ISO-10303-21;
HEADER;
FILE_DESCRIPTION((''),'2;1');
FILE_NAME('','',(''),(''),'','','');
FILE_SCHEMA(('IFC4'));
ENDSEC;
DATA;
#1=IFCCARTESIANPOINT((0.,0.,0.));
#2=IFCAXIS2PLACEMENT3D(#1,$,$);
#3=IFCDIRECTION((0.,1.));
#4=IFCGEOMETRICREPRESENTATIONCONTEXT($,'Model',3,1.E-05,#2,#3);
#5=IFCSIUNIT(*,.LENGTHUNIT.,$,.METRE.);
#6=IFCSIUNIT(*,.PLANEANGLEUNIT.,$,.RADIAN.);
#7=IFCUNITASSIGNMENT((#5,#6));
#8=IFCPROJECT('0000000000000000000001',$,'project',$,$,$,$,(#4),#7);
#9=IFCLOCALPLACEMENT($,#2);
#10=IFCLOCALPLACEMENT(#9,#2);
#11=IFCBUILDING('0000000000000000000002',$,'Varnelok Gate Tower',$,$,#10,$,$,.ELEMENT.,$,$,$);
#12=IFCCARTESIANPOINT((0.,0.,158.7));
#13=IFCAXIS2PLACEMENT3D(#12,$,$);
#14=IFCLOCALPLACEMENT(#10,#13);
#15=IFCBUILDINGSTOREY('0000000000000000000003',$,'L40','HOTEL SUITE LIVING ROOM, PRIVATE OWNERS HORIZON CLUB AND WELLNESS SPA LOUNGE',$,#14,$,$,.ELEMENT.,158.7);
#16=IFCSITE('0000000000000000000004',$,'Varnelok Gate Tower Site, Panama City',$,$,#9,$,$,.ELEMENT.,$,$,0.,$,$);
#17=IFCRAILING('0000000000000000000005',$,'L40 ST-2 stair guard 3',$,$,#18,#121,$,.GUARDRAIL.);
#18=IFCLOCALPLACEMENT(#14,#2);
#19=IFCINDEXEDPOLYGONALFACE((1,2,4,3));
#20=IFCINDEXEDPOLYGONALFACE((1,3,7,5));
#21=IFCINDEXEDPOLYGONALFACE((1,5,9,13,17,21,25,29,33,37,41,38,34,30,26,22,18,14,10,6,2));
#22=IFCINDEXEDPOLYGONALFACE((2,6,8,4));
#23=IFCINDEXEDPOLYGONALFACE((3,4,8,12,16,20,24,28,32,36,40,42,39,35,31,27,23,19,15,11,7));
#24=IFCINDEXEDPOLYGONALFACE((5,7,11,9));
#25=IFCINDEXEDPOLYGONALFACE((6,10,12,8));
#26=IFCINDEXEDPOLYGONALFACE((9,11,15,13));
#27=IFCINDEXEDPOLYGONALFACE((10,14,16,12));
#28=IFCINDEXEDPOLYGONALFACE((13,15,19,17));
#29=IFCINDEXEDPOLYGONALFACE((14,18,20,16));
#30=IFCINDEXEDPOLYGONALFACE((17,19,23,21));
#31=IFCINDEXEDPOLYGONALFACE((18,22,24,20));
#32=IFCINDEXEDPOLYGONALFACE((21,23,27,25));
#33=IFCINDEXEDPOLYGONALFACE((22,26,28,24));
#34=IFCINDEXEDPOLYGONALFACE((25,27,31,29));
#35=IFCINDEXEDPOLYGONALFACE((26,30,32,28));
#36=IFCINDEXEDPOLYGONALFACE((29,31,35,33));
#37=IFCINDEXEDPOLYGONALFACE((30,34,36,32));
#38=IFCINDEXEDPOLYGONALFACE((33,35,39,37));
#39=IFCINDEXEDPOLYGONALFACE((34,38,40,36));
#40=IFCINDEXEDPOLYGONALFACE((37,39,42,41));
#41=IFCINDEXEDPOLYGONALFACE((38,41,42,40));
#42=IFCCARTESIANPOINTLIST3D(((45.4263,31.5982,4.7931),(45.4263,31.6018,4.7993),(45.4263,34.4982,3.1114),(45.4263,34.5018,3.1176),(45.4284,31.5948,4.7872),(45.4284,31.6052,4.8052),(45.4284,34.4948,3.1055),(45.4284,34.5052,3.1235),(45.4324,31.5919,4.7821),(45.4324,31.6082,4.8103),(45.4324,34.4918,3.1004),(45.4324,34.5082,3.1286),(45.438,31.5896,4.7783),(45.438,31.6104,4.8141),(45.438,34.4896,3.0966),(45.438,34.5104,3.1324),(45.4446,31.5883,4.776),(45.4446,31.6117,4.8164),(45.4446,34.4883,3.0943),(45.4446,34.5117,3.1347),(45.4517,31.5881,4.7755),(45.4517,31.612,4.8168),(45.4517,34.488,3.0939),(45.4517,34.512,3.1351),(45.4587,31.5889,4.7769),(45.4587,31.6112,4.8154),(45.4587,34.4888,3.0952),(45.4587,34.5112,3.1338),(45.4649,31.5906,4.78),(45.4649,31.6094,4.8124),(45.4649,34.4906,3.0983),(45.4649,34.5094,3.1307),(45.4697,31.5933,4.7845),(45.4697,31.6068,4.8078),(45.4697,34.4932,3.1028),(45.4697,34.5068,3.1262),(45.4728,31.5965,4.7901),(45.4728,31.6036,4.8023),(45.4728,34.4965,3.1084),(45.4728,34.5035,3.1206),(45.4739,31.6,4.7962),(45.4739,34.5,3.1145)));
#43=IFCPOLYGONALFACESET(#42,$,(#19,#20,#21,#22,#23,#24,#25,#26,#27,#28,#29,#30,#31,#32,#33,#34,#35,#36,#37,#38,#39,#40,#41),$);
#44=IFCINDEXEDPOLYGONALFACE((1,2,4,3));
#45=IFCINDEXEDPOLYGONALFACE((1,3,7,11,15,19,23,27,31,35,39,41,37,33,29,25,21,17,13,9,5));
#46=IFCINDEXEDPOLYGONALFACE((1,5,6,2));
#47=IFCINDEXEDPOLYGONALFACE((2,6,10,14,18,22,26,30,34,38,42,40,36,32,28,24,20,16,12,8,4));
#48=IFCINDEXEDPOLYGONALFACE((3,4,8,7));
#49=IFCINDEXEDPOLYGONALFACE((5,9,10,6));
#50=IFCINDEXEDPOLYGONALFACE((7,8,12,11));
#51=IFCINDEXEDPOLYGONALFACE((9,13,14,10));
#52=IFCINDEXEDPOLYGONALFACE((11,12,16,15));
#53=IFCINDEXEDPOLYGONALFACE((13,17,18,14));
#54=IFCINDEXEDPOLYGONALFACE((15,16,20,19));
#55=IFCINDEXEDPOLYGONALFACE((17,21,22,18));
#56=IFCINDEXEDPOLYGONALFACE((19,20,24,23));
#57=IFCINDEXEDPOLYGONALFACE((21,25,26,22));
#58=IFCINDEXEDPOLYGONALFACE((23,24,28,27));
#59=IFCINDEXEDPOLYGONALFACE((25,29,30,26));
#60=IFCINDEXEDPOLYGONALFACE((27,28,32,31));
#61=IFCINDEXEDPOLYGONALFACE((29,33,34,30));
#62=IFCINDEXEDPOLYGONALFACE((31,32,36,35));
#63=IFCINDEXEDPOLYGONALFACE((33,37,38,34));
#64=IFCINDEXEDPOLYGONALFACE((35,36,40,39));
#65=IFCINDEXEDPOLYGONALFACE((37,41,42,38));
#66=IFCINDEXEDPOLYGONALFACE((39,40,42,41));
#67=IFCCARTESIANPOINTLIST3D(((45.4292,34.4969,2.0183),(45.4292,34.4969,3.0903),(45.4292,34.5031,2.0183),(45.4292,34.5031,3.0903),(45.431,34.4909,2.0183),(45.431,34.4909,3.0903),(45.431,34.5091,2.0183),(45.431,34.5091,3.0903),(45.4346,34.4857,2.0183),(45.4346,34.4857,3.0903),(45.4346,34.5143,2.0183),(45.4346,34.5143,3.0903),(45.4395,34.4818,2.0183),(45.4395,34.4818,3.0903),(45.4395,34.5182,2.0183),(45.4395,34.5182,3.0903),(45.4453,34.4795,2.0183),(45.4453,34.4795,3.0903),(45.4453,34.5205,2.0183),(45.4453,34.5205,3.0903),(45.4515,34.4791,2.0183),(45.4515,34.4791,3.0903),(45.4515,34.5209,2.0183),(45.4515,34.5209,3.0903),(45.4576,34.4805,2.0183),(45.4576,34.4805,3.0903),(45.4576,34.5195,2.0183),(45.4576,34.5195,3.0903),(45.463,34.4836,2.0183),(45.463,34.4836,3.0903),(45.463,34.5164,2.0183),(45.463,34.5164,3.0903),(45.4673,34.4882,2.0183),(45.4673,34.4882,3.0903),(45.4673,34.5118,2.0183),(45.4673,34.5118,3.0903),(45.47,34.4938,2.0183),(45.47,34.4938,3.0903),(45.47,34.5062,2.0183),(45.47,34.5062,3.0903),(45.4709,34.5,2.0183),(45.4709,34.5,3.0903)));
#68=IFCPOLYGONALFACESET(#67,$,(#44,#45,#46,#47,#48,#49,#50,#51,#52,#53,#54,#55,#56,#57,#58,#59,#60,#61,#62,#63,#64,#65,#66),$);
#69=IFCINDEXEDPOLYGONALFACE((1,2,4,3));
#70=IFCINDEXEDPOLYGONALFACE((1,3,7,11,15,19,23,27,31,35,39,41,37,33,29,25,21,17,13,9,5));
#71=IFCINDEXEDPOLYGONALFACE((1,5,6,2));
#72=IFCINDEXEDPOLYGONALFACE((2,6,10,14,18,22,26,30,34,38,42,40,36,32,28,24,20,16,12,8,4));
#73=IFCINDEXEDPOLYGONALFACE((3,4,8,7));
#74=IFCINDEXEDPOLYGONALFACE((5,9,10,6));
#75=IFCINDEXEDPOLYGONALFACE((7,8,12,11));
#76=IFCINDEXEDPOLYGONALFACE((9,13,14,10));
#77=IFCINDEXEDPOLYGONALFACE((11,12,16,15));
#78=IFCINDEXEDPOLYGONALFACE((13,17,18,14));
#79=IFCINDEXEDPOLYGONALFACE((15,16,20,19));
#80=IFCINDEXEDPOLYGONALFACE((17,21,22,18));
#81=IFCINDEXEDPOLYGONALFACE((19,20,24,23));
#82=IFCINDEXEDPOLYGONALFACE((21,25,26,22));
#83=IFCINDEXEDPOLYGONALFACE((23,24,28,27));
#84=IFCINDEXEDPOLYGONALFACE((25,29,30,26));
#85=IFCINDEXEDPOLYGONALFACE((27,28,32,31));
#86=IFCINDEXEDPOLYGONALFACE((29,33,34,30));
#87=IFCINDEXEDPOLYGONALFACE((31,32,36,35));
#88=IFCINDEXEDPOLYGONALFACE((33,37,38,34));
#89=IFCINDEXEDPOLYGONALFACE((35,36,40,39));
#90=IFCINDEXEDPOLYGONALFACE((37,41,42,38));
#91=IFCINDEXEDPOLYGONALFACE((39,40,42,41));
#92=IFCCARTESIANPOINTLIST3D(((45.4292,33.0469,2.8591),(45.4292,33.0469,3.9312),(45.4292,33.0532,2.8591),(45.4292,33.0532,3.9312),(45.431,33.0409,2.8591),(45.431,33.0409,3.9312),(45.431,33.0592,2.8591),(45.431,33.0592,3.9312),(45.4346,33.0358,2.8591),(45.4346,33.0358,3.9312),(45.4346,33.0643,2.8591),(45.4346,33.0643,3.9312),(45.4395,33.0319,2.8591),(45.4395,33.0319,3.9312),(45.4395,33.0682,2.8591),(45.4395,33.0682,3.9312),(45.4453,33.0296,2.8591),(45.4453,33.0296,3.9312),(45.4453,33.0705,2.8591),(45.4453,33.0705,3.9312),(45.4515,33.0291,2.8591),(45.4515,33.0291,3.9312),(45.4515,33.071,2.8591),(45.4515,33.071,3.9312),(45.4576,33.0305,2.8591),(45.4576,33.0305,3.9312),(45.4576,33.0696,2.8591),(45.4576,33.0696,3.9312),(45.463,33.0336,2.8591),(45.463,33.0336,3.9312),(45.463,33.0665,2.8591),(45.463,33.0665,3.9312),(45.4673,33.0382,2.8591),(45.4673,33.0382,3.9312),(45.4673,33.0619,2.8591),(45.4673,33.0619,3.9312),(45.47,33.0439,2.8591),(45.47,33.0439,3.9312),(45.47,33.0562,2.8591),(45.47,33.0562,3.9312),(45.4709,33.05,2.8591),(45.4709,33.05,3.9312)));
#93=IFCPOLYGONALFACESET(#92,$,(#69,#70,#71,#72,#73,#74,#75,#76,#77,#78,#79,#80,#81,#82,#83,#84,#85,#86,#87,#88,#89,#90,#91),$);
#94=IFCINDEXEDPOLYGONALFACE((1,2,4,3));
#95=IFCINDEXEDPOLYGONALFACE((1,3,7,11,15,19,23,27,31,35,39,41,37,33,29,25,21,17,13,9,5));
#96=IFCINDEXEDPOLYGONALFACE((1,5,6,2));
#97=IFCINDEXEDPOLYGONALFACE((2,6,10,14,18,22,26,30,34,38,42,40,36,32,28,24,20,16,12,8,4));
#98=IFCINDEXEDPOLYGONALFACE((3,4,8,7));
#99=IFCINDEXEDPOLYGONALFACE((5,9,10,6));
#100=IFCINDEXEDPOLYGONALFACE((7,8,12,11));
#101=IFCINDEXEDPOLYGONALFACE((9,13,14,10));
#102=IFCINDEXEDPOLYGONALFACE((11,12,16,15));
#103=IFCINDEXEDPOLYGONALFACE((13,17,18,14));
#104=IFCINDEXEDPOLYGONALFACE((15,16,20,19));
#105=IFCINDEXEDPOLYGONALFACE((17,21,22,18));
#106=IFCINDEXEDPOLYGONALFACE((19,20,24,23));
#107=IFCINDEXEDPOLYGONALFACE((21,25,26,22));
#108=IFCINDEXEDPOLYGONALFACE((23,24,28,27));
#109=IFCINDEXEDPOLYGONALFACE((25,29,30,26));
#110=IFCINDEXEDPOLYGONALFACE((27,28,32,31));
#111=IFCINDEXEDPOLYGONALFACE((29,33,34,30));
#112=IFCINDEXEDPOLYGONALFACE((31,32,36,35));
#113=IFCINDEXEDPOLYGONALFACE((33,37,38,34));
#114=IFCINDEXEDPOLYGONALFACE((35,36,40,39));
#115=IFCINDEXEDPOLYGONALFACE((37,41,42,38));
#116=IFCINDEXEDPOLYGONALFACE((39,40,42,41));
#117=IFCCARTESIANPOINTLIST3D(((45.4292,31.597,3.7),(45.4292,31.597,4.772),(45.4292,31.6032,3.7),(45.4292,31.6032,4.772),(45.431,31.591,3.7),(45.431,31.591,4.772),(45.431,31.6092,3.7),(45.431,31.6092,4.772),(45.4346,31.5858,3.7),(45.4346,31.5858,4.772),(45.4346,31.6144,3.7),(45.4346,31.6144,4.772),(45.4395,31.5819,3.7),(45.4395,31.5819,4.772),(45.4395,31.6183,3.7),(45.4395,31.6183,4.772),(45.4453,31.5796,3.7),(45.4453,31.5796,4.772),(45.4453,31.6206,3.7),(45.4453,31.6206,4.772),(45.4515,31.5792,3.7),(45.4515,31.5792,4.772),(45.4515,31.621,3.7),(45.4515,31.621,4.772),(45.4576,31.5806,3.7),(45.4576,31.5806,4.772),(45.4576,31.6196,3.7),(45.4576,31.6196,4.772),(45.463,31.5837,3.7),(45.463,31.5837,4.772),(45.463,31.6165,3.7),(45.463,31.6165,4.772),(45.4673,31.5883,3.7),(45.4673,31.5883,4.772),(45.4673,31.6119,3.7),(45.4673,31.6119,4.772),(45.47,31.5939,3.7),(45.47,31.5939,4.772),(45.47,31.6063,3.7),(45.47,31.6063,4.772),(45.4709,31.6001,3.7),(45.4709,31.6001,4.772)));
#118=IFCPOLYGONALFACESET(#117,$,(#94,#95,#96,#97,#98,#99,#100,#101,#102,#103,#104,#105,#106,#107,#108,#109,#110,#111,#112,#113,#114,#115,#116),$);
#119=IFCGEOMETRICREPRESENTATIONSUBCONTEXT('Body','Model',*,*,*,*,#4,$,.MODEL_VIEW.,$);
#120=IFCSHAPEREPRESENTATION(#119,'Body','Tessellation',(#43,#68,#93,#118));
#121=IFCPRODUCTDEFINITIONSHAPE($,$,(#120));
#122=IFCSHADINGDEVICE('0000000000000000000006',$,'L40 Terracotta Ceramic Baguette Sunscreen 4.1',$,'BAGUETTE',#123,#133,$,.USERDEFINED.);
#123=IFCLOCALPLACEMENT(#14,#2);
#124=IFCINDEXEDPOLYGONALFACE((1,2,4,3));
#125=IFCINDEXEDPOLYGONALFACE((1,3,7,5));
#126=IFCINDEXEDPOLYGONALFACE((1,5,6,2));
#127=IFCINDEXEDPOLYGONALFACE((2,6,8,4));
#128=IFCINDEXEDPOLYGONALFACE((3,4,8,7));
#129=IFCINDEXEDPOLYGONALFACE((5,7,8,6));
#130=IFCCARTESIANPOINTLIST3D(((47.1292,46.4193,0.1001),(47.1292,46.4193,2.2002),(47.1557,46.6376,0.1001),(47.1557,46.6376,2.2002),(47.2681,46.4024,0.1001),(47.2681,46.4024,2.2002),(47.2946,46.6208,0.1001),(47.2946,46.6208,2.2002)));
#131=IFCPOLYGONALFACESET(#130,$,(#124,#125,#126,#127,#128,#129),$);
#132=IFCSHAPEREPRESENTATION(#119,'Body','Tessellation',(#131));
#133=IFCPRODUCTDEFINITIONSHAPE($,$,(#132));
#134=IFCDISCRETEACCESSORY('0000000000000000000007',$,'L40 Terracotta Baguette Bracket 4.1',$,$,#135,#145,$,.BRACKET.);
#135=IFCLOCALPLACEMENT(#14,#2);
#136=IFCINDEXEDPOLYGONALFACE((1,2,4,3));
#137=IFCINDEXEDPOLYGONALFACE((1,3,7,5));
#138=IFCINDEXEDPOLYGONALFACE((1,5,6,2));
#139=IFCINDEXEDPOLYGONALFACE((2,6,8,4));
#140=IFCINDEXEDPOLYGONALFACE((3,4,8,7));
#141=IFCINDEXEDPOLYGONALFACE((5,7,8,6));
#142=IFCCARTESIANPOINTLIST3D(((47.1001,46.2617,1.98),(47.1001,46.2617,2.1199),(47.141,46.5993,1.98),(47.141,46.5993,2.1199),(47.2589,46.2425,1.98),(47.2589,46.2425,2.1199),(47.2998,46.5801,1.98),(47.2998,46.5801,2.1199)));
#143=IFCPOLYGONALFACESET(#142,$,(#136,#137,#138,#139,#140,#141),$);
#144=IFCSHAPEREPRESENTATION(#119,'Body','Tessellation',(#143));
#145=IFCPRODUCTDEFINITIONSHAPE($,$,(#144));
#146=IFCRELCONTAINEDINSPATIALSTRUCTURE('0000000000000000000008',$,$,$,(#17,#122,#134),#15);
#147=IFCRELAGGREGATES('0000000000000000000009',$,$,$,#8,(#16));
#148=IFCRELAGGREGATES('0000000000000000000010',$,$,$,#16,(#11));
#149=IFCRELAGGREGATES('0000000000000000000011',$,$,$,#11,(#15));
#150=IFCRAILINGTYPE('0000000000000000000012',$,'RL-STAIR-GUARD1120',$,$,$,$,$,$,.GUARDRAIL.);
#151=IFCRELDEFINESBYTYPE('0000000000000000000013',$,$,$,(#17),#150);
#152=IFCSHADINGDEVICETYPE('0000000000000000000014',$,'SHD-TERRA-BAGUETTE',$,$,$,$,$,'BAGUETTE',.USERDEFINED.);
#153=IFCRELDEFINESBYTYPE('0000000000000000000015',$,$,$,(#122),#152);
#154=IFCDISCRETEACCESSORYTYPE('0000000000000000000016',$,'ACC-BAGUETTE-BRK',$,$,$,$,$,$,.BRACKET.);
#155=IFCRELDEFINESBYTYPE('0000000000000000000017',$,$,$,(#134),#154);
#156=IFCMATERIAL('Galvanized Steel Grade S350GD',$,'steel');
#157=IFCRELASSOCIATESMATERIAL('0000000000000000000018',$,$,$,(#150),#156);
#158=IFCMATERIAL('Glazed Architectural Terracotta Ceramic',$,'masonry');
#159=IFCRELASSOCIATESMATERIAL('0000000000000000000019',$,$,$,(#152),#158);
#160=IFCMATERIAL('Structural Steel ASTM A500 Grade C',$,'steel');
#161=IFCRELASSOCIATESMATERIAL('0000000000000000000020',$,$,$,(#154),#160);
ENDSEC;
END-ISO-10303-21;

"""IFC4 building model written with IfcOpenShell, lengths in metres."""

from ifc_helpers import new_model, si_unit, direction, frame, origin, origin_2d, place, context, subcontext, project, spatial, rectangle, circle, extrude, source, transform, mapped, material, type_object, element, save


model = new_model("IFC4")

# Units and contexts
model_context = context("Model", 3, precision=1e-05, world=origin(), true_north=direction((0.0, 1.0)))
body_context = subcontext(model_context, "Body", "Model", "MODEL_VIEW")
ifc_project = project(units=[si_unit("LENGTHUNIT", "METRE"), si_unit("PLANEANGLEUNIT", "RADIAN")], contexts=[model_context])

# Site, building, storey
site_placement = place(None, origin())
site = spatial("IfcSite", under=ifc_project, at=site_placement, Name="Varnelok Gate Tower Site, Panama City", CompositionType="ELEMENT", RefElevation=0.0)
building_placement = place(site_placement, origin())
building = spatial("IfcBuilding", under=site, at=building_placement, Name="Varnelok Gate Tower", CompositionType="ELEMENT")
storey_placement = place(building_placement, frame((0.0, 0.0, 158.7)))
storey = spatial("IfcBuildingStorey", under=building, at=storey_placement, Name="L40", Description="HOTEL SUITE LIVING ROOM, PRIVATE OWNERS HORIZON CLUB AND WELLNESS SPA LOUNGE", CompositionType="ELEMENT", Elevation=158.7)

# Shared definitions
ifc_material_1 = material(Name="Galvanized Steel Grade S350GD", Category="steel")

# Railing
railing_type_1 = type_object("IfcRailingType", Name="RL-STAIR-GUARD1120", PredefinedType="GUARDRAIL", material=ifc_material_1)
railing_1_placement = place(storey_placement, frame((45.45, 34.5, 2.0183)))
element("IfcRailing", 1, at=railing_1_placement, inside=storey, type_object=railing_type_1, Name="L40 ST-2 stair guard 3", PredefinedType="GUARDRAIL", context=body_context, shape_type="SweptSolid", body=[
    extrude(circle(Radius=0.0239, at=origin_2d()), frame((0.0, 0.0, 1.0962), z_axis=(0.0, -0.86507, 0.501651), x_axis=(1.0, 0.0, 0.0)), (0.0, 0.0, 1.0), 3.3523),
    extrude(circle(Radius=0.021, at=origin_2d()), origin(), (0.0, 0.0, 1.0), 1.072),
    extrude(circle(Radius=0.021, at=origin_2d()), frame((0.0, -1.45, 0.8408)), (0.0, 0.0, 1.0), 1.072),
    extrude(circle(Radius=0.021, at=origin_2d()), frame((0.0, -2.8999, 1.6816)), (0.0, 0.0, 1.0), 1.072),
])

# Shading device
ifc_material_2 = material(Name="Glazed Architectural Terracotta Ceramic", Category="masonry")
shading_device_type = type_object("IfcShadingDeviceType", Name="SHD-TERRA-BAGUETTE", ElementType="BAGUETTE", PredefinedType="USERDEFINED", material=ifc_material_2)
shared_shape_1 = source(origin(), body_context, "Body", "SweptSolid", [
    extrude(rectangle(XDim=0.1399, YDim=0.22, at=origin_2d()), origin(), (0.0, 0.0, 1.0), 2.1001),
])
shading_device_placement = place(storey_placement, frame((47.2119, 46.52, 0.1001), z_axis=(0.0, 0.0, 1.0), x_axis=(0.992732, -0.120345, 0.0)))
element("IfcShadingDevice", 2, at=shading_device_placement, inside=storey, type_object=shading_device_type, Name="L40 Terracotta Ceramic Baguette Sunscreen 4.1", ObjectType="BAGUETTE", PredefinedType="USERDEFINED", context=body_context, shape_type="MappedRepresentation", body=[
    mapped(shared_shape_1, transform((0.0, 0.0, 0.0), scale=1.0)),
])

# Discrete accessory
ifc_material_3 = material(Name="Structural Steel ASTM A500 Grade C", Category="steel")
discrete_accessory_type = type_object("IfcDiscreteAccessoryType", Name="ACC-BAGUETTE-BRK", PredefinedType="BRACKET", material=ifc_material_3)
shared_shape_2 = source(origin(), body_context, "Body", "SweptSolid", [
    extrude(rectangle(XDim=0.1599, YDim=0.3401, at=origin_2d()), origin(), (0.0, 0.0, 1.0), 0.1399),
])
discrete_accessory_placement = place(storey_placement, frame((47.2, 46.4209, 1.98), z_axis=(0.0, 0.0, 1.0), x_axis=(0.992732, -0.120345, 0.0)))
element("IfcDiscreteAccessory", 3, at=discrete_accessory_placement, inside=storey, type_object=discrete_accessory_type, Name="L40 Terracotta Baguette Bracket 4.1", PredefinedType="BRACKET", context=body_context, shape_type="MappedRepresentation", body=[
    mapped(shared_shape_2, transform((0.0, 0.0, 0.0), scale=1.0)),
])

save(model, "model.ifc")
